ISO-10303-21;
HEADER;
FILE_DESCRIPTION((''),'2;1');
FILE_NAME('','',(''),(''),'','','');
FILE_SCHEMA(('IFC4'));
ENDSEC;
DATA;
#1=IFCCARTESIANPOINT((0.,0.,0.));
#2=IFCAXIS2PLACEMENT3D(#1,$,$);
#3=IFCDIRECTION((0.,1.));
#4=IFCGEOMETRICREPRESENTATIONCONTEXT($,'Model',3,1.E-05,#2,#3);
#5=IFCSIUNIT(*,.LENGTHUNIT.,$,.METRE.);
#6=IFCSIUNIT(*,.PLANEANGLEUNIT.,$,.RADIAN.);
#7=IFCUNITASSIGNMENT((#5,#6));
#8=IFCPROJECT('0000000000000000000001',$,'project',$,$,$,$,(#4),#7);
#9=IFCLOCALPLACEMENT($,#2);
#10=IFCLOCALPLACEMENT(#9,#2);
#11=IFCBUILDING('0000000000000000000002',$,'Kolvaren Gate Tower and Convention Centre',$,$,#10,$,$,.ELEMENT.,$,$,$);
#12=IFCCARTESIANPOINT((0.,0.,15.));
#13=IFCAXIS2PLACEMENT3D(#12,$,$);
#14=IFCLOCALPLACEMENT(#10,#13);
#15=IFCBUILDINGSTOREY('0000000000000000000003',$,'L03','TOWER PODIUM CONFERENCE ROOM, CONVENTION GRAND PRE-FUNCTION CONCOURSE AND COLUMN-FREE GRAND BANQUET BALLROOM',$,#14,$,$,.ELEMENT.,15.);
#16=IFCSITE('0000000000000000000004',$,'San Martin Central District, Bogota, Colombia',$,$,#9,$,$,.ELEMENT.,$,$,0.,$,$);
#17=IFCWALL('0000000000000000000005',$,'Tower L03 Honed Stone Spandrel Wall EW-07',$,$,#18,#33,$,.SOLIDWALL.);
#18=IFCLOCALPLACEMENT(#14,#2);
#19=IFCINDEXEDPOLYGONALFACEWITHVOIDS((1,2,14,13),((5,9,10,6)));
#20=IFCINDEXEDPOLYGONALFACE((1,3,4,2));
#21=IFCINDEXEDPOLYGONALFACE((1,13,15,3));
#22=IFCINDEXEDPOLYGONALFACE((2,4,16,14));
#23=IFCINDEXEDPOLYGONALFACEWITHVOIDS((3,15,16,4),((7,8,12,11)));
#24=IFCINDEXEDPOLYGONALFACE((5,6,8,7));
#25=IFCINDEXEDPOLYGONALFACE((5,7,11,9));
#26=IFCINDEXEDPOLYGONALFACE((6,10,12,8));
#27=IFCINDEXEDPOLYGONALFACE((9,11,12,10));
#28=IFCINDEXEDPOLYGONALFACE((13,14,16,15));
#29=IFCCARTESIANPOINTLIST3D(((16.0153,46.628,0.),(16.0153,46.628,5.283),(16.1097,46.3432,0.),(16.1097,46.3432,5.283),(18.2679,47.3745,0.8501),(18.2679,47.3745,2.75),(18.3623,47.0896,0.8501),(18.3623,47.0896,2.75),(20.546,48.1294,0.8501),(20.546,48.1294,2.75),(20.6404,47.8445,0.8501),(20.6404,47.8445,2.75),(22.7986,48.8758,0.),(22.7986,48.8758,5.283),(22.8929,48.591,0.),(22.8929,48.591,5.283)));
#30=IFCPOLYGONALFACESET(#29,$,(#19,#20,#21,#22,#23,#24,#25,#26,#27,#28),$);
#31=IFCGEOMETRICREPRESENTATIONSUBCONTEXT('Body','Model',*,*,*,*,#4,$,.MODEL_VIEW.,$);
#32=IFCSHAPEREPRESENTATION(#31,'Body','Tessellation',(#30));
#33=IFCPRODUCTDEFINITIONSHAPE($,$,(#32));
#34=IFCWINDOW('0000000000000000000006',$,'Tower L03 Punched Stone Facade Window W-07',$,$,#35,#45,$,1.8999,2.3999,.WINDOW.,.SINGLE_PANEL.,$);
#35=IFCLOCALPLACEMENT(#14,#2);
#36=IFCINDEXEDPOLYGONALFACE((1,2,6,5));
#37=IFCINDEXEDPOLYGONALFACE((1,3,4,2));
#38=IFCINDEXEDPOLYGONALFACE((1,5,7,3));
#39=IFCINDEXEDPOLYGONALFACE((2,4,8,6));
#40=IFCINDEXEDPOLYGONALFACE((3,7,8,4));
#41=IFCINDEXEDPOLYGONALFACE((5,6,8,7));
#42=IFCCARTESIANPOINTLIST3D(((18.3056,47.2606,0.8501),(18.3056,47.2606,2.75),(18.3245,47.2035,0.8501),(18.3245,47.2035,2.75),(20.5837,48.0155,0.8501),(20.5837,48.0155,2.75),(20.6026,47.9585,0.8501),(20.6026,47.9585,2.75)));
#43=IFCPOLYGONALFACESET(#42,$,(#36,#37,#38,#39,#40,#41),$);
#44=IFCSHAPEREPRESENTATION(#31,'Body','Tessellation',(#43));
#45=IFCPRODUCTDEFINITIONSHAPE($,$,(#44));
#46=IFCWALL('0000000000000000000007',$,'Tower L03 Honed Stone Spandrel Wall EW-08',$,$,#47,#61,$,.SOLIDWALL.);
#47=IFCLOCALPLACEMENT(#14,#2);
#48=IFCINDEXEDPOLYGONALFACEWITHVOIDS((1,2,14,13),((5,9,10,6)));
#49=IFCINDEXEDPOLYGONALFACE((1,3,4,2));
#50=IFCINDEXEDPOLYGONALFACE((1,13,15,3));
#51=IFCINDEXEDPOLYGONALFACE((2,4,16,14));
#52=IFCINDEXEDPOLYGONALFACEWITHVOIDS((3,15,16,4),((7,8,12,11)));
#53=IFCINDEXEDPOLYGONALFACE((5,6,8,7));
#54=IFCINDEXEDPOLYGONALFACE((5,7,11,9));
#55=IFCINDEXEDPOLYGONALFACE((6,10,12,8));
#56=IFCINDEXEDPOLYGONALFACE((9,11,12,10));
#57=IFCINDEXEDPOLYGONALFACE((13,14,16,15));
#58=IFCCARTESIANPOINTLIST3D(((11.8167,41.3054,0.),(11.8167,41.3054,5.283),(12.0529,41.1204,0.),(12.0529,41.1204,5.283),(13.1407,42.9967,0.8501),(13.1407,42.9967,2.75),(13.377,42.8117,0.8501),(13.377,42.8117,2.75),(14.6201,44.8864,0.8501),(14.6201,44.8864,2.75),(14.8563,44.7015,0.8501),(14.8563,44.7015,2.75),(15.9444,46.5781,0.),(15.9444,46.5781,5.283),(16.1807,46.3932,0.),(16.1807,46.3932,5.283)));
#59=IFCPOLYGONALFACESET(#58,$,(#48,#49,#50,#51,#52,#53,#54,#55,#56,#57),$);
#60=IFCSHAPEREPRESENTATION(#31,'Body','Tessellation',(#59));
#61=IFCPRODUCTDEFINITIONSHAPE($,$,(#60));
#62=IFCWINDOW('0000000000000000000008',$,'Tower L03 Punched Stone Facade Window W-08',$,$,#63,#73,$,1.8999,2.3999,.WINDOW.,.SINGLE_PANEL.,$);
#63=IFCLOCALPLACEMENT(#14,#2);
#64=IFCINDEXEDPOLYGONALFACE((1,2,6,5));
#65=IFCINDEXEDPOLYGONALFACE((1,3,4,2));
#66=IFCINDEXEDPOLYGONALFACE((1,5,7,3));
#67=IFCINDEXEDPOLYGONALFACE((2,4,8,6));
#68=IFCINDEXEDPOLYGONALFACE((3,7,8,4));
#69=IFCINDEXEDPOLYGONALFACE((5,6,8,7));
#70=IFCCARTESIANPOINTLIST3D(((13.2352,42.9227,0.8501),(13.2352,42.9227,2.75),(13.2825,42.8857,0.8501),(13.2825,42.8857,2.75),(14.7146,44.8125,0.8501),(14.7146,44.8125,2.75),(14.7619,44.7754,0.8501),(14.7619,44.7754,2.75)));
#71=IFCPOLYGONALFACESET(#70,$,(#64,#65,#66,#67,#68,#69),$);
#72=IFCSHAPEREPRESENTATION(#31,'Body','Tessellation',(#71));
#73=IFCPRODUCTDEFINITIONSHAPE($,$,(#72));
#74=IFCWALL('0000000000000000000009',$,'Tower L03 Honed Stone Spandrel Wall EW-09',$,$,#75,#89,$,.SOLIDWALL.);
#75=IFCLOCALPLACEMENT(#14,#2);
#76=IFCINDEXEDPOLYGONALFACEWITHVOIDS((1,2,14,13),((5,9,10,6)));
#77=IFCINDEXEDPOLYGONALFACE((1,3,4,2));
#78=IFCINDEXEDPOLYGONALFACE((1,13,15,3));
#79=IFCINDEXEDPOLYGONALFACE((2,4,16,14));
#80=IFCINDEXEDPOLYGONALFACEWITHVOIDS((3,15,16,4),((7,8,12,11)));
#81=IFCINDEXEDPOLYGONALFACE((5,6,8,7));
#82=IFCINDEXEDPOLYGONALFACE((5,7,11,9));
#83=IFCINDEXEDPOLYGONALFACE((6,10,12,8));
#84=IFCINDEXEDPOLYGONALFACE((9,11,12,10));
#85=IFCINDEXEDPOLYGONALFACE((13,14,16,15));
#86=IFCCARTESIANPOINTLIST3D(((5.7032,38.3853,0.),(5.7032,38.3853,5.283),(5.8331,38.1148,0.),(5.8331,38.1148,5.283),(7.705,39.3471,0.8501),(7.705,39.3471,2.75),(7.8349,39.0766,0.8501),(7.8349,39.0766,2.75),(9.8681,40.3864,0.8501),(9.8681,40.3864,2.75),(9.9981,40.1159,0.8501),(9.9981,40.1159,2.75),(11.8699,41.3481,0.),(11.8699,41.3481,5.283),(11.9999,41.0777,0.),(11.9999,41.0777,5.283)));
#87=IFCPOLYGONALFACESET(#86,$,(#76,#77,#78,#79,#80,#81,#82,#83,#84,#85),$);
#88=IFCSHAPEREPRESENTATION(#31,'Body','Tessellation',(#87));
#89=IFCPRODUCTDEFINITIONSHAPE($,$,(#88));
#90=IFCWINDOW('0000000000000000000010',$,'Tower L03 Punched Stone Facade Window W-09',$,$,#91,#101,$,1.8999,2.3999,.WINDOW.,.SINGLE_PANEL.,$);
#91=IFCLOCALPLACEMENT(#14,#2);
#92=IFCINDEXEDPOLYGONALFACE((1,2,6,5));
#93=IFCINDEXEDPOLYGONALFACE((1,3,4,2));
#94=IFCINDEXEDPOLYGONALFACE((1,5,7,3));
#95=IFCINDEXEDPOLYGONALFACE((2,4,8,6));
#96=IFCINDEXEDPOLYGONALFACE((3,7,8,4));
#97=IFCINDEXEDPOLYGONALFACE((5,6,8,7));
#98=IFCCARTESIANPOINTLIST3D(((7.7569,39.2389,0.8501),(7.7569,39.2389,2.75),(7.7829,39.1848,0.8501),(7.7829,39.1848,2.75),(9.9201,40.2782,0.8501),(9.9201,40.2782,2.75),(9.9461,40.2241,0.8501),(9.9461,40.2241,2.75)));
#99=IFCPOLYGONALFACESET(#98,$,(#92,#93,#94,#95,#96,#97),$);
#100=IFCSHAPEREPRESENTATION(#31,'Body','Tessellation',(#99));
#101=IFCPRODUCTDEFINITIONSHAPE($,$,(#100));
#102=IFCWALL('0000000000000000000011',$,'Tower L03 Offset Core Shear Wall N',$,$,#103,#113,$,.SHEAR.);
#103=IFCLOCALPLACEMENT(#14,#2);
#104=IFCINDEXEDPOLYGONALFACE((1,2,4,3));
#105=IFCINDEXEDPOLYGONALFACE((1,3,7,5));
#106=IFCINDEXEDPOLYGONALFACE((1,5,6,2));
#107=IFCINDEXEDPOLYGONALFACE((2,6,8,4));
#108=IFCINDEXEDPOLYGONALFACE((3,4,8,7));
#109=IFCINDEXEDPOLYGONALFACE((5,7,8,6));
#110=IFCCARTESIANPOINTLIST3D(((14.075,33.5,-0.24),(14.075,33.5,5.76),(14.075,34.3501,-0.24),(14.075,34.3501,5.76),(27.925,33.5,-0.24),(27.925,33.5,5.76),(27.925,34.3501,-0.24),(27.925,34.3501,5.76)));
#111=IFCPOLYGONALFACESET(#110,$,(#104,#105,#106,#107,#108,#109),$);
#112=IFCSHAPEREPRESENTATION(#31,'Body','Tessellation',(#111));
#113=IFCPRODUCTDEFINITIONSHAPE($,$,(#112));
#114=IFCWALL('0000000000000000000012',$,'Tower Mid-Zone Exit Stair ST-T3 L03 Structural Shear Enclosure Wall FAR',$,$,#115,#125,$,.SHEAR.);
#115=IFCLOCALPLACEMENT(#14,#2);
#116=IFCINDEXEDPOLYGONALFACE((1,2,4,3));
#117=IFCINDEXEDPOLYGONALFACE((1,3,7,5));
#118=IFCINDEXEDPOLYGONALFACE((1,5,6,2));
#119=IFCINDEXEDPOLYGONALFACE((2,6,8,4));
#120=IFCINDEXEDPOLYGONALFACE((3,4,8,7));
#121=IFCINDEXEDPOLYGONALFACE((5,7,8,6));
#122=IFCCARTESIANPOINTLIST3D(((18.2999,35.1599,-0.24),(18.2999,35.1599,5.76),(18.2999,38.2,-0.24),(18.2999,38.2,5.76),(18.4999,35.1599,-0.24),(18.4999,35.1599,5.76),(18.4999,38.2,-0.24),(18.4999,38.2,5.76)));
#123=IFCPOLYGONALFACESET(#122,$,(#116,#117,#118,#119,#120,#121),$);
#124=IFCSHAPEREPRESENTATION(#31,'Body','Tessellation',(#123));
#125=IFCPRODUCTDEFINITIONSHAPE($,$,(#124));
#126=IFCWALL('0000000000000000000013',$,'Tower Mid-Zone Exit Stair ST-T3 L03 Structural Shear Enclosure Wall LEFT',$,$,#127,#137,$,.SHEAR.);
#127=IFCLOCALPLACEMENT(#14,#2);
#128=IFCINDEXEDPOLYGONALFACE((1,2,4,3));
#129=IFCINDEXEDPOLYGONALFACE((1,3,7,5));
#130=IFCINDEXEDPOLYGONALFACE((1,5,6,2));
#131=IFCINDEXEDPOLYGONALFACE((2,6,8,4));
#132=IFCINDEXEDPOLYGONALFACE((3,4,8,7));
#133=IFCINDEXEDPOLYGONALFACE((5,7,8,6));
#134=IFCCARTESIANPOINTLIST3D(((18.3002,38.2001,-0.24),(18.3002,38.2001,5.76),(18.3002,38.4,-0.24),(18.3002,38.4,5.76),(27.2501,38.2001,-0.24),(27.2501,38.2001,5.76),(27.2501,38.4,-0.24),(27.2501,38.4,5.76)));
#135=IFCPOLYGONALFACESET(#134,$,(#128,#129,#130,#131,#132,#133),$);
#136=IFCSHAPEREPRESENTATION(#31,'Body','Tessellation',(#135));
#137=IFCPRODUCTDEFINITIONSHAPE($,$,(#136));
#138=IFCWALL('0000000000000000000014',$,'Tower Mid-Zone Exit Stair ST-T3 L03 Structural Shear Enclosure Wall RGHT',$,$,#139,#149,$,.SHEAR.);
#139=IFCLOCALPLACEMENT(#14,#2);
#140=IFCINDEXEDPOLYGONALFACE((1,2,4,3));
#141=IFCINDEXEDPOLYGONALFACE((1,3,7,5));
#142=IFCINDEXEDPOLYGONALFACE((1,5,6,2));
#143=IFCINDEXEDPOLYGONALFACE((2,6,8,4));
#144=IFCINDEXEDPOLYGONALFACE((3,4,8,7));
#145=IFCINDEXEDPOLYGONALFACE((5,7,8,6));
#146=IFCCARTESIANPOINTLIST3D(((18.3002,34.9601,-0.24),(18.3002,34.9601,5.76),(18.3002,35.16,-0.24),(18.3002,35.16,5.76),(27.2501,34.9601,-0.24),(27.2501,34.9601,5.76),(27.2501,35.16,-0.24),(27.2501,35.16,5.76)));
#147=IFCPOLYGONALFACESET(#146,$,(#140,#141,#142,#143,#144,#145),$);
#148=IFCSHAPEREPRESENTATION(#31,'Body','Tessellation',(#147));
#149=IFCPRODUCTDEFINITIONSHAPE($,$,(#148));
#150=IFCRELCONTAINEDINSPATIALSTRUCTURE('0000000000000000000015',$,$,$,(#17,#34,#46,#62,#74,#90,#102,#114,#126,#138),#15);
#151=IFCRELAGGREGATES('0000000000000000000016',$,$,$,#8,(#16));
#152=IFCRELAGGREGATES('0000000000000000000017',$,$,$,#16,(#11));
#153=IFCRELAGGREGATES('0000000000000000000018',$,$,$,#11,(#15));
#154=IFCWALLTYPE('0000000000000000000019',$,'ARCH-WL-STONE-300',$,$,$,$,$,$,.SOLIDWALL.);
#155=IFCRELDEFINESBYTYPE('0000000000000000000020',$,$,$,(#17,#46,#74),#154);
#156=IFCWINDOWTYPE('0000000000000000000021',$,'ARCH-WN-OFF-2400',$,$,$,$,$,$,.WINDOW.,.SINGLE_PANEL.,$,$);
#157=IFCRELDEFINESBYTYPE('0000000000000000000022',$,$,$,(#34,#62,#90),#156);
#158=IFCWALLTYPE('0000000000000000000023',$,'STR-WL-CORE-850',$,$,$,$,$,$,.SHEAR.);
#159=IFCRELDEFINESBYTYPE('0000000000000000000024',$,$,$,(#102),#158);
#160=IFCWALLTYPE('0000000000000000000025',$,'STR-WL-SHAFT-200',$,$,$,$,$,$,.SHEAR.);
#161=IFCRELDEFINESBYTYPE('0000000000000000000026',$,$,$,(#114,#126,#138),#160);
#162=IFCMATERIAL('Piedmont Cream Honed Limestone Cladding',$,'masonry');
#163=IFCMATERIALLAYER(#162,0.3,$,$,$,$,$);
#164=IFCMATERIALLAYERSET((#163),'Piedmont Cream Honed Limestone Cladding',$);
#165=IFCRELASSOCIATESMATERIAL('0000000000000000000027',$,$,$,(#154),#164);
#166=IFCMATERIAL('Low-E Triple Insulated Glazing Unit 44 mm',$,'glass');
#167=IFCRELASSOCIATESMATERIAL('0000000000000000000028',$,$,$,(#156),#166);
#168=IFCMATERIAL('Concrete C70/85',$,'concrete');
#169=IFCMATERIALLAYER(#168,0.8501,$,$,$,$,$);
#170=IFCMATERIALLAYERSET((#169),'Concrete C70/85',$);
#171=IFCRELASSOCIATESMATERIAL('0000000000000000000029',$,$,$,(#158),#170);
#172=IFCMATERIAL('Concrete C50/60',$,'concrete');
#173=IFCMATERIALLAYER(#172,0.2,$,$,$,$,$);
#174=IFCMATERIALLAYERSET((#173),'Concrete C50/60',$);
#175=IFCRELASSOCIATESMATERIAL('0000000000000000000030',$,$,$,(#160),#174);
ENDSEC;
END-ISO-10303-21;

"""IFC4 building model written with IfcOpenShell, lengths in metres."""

from ifc_helpers import new_model, si_unit, direction, frame, frame_2d, origin, place, context, subcontext, project, spatial, rectangle, extrude, material, layer, layer_set, type_object, element, fill, save


model = new_model("IFC4")

# Units and contexts
model_context = context("Model", 3, precision=1e-05, world=origin(), true_north=direction((0.0, 1.0)))
body_context = subcontext(model_context, "Body", "Model", "MODEL_VIEW")
ifc_project = project(units=[si_unit("LENGTHUNIT", "METRE"), si_unit("PLANEANGLEUNIT", "RADIAN")], contexts=[model_context])

# Site, building, storey
site_placement = place(None, origin())
site = spatial("IfcSite", under=ifc_project, at=site_placement, Name="San Martin Central District, Bogota, Colombia", CompositionType="ELEMENT", RefElevation=0.0)
building_placement = place(site_placement, origin())
building = spatial("IfcBuilding", under=site, at=building_placement, Name="Kolvaren Gate Tower and Convention Centre", CompositionType="ELEMENT")
storey_placement = place(building_placement, frame((0.0, 0.0, 15.0)))
storey = spatial("IfcBuildingStorey", under=building, at=storey_placement, Name="L03", Description="TOWER PODIUM CONFERENCE ROOM, CONVENTION GRAND PRE-FUNCTION CONCOURSE AND COLUMN-FREE GRAND BANQUET BALLROOM", CompositionType="ELEMENT", Elevation=15.0)

# Shared definitions
ifc_material_1 = material(Name="Concrete C70/85", Category="concrete")

# Walls, openings, windows
ifc_material_2 = material(Name="Piedmont Cream Honed Limestone Cladding", Category="masonry")
ifc_layer_1 = layer(ifc_material_2, 0.3)
ifc_layer_set_1 = layer_set([ifc_layer_1], Name="Piedmont Cream Honed Limestone Cladding")
wall_type_1 = type_object("IfcWallType", Name="ARCH-WL-STONE-300", PredefinedType="SOLIDWALL", material=ifc_layer_set_1)
ifc_material_3 = material(Name="Low-E Triple Insulated Glazing Unit 44 mm", Category="glass")
window_type = type_object("IfcWindowType", Name="ARCH-WN-OFF-2400", PartitioningType="SINGLE_PANEL", PredefinedType="WINDOW", material=ifc_material_3)
wall_1_placement = place(storey_placement, frame((16.0625, 46.4856, 0.0), z_axis=(0.0, 0.0, 1.0), x_axis=(0.949239, 0.314557, 0.0)))
wall_1 = element("IfcWall", 1, at=wall_1_placement, inside=storey, type_object=wall_type_1, Name="Tower L03 Honed Stone Spandrel Wall EW-07", PredefinedType="SOLIDWALL", context=body_context, shape_type="SweptSolid", body=[
    extrude(rectangle(XDim=7.146, YDim=0.3, at=frame_2d((3.573, 0.0))), origin(), (0.0, 0.0, 1.0), 5.283),
])
opening_1_placement = place(wall_1_placement, frame((2.373, 0.0, 0.8501)))
opening_1 = element("IfcOpeningElement", 2, at=opening_1_placement, cuts=wall_1, PredefinedType="OPENING", context=body_context, shape_type="SweptSolid", body=[
    extrude(rectangle(XDim=2.3999, YDim=1.8999, at=frame_2d((1.2, 0.95))), frame((0.0, 0.1599, 0.0), z_axis=(0.0, -1.0, 0.0), x_axis=(1.0, 0.0, 0.0)), (0.0, 0.0, 1.0), 0.3201),
])
window_1_placement = place(opening_1_placement, origin())
window_1 = element("IfcWindow", 3, at=window_1_placement, inside=storey, type_object=window_type, Name="Tower L03 Punched Stone Facade Window W-07", OverallHeight=1.8999, OverallWidth=2.3999, PartitioningType="SINGLE_PANEL", PredefinedType="WINDOW", context=body_context, shape_type="SweptSolid", body=[
    extrude(rectangle(XDim=2.3999, YDim=1.8999, at=frame_2d((1.2, 0.95))), frame((0.0, 0.03, 0.0), z_axis=(0.0, -1.0, 0.0), x_axis=(1.0, 0.0, 0.0)), (0.0, 0.0, 1.0), 0.0601),
])
fill(opening_1, window_1)
wall_2_placement = place(storey_placement, frame((11.9348, 41.2129, 0.0), z_axis=(0.0, 0.0, 1.0), x_axis=(0.616421, 0.787417, 0.0)))
wall_2 = element("IfcWall", 4, at=wall_2_placement, inside=storey, type_object=wall_type_1, Name="Tower L03 Honed Stone Spandrel Wall EW-08", PredefinedType="SOLIDWALL", context=body_context, shape_type="SweptSolid", body=[
    extrude(rectangle(XDim=6.6963, YDim=0.3, at=frame_2d((3.3481, 0.0))), origin(), (0.0, 0.0, 1.0), 5.283),
])
opening_2_placement = place(wall_2_placement, frame((2.1479, 0.0, 0.8501)))
opening_2 = element("IfcOpeningElement", 5, at=opening_2_placement, cuts=wall_2, PredefinedType="OPENING", context=body_context, shape_type="SweptSolid", body=[
    extrude(rectangle(XDim=2.3999, YDim=1.8999, at=frame_2d((1.2, 0.95))), frame((0.0, 0.1599, 0.0), z_axis=(0.0, -1.0, 0.0), x_axis=(1.0, 0.0, 0.0)), (0.0, 0.0, 1.0), 0.3201),
])
window_2_placement = place(opening_2_placement, origin())
window_2 = element("IfcWindow", 6, at=window_2_placement, inside=storey, type_object=window_type, Name="Tower L03 Punched Stone Facade Window W-08", OverallHeight=1.8999, OverallWidth=2.3999, PartitioningType="SINGLE_PANEL", PredefinedType="WINDOW", context=body_context, shape_type="SweptSolid", body=[
    extrude(rectangle(XDim=2.3999, YDim=1.8999, at=frame_2d((1.2, 0.95))), frame((0.0, 0.03, 0.0), z_axis=(0.0, -1.0, 0.0), x_axis=(1.0, 0.0, 0.0)), (0.0, 0.0, 1.0), 0.0601),
])
fill(opening_2, window_2)
wall_3_placement = place(storey_placement, frame((5.7681, 38.25, 0.0), z_axis=(0.0, 0.0, 1.0), x_axis=(0.90136, 0.43307, 0.0)))
wall_3 = element("IfcWall", 7, at=wall_3_placement, inside=storey, type_object=wall_type_1, Name="Tower L03 Honed Stone Spandrel Wall EW-09", PredefinedType="SOLIDWALL", context=body_context, shape_type="SweptSolid", body=[
    extrude(rectangle(XDim=6.8416, YDim=0.3, at=frame_2d((3.4209, 0.0))), origin(), (0.0, 0.0, 1.0), 5.283),
])
opening_3_placement = place(wall_3_placement, frame((2.2209, 0.0, 0.8501)))
opening_3 = element("IfcOpeningElement", 8, at=opening_3_placement, cuts=wall_3, PredefinedType="OPENING", context=body_context, shape_type="SweptSolid", body=[
    extrude(rectangle(XDim=2.3999, YDim=1.8999, at=frame_2d((1.2, 0.95))), frame((0.0, 0.1599, 0.0), z_axis=(0.0, -1.0, 0.0), x_axis=(1.0, 0.0, 0.0)), (0.0, 0.0, 1.0), 0.3201),
])
window_3_placement = place(opening_3_placement, origin())
window_3 = element("IfcWindow", 9, at=window_3_placement, inside=storey, type_object=window_type, Name="Tower L03 Punched Stone Facade Window W-09", OverallHeight=1.8999, OverallWidth=2.3999, PartitioningType="SINGLE_PANEL", PredefinedType="WINDOW", context=body_context, shape_type="SweptSolid", body=[
    extrude(rectangle(XDim=2.3999, YDim=1.8999, at=frame_2d((1.2, 0.95))), frame((0.0, 0.03, 0.0), z_axis=(0.0, -1.0, 0.0), x_axis=(1.0, 0.0, 0.0)), (0.0, 0.0, 1.0), 0.0601),
])
fill(opening_3, window_3)

# Walls
ifc_layer_2 = layer(ifc_material_1, 0.8501)
ifc_layer_set_2 = layer_set([ifc_layer_2], Name="Concrete C70/85")
wall_type_2 = type_object("IfcWallType", Name="STR-WL-CORE-850", PredefinedType="SHEAR", material=ifc_layer_set_2)
wall_4_placement = place(storey_placement, frame((14.075, 33.925, -0.24), z_axis=(0.0, 0.0, 1.0), x_axis=(1.0, 0.0, 0.0)))
element("IfcWall", 10, at=wall_4_placement, inside=storey, type_object=wall_type_2, Name="Tower L03 Offset Core Shear Wall N", PredefinedType="SHEAR", context=body_context, shape_type="SweptSolid", body=[
    extrude(rectangle(XDim=13.8501, YDim=0.8501, at=frame_2d((6.925, 0.0))), origin(), (0.0, 0.0, 1.0), 6.0),
])
ifc_material_4 = material(Name="Concrete C50/60", Category="concrete")
ifc_layer_3 = layer(ifc_material_4, 0.2)
ifc_layer_set_3 = layer_set([ifc_layer_3], Name="Concrete C50/60")
wall_type_3 = type_object("IfcWallType", Name="STR-WL-SHAFT-200", PredefinedType="SHEAR", material=ifc_layer_set_3)
wall_5_placement = place(storey_placement, frame((18.3999, 35.1599, -0.24), z_axis=(0.0, 0.0, 1.0), x_axis=(0.0, 1.0, 0.0)))
element("IfcWall", 11, at=wall_5_placement, inside=storey, type_object=wall_type_3, Name="Tower Mid-Zone Exit Stair ST-T3 L03 Structural Shear Enclosure Wall FAR", PredefinedType="SHEAR", context=body_context, shape_type="SweptSolid", body=[
    extrude(rectangle(XDim=3.04, YDim=0.2, at=frame_2d((1.52, 0.0))), origin(), (0.0, 0.0, 1.0), 6.0),
])
for number, where, z_axis, x_axis, name in (
    (12, (18.3, 38.3, -0.24), (0.0, 0.0, 1.0), (1.0, 0.0, 0.0), "Tower Mid-Zone Exit Stair ST-T3 L03 Structural Shear Enclosure Wall LEFT"),
    (13, (18.3, 35.0601, -0.24), (0.0, 0.0, 1.0), (1.0, 0.0, 0.0), "Tower Mid-Zone Exit Stair ST-T3 L03 Structural Shear Enclosure Wall RGHT"),
):
    element("IfcWall", number, at=place(storey_placement, frame(where, z_axis=z_axis, x_axis=x_axis)), inside=storey, type_object=wall_type_3, Name=name, PredefinedType="SHEAR", context=body_context, shape_type="SweptSolid", body=[
        extrude(rectangle(XDim=8.95, YDim=0.2, at=frame_2d((4.4751, 0.0))), origin(), (0.0, 0.0, 1.0), 6.0),
    ])

save(model, "model.ifc")
